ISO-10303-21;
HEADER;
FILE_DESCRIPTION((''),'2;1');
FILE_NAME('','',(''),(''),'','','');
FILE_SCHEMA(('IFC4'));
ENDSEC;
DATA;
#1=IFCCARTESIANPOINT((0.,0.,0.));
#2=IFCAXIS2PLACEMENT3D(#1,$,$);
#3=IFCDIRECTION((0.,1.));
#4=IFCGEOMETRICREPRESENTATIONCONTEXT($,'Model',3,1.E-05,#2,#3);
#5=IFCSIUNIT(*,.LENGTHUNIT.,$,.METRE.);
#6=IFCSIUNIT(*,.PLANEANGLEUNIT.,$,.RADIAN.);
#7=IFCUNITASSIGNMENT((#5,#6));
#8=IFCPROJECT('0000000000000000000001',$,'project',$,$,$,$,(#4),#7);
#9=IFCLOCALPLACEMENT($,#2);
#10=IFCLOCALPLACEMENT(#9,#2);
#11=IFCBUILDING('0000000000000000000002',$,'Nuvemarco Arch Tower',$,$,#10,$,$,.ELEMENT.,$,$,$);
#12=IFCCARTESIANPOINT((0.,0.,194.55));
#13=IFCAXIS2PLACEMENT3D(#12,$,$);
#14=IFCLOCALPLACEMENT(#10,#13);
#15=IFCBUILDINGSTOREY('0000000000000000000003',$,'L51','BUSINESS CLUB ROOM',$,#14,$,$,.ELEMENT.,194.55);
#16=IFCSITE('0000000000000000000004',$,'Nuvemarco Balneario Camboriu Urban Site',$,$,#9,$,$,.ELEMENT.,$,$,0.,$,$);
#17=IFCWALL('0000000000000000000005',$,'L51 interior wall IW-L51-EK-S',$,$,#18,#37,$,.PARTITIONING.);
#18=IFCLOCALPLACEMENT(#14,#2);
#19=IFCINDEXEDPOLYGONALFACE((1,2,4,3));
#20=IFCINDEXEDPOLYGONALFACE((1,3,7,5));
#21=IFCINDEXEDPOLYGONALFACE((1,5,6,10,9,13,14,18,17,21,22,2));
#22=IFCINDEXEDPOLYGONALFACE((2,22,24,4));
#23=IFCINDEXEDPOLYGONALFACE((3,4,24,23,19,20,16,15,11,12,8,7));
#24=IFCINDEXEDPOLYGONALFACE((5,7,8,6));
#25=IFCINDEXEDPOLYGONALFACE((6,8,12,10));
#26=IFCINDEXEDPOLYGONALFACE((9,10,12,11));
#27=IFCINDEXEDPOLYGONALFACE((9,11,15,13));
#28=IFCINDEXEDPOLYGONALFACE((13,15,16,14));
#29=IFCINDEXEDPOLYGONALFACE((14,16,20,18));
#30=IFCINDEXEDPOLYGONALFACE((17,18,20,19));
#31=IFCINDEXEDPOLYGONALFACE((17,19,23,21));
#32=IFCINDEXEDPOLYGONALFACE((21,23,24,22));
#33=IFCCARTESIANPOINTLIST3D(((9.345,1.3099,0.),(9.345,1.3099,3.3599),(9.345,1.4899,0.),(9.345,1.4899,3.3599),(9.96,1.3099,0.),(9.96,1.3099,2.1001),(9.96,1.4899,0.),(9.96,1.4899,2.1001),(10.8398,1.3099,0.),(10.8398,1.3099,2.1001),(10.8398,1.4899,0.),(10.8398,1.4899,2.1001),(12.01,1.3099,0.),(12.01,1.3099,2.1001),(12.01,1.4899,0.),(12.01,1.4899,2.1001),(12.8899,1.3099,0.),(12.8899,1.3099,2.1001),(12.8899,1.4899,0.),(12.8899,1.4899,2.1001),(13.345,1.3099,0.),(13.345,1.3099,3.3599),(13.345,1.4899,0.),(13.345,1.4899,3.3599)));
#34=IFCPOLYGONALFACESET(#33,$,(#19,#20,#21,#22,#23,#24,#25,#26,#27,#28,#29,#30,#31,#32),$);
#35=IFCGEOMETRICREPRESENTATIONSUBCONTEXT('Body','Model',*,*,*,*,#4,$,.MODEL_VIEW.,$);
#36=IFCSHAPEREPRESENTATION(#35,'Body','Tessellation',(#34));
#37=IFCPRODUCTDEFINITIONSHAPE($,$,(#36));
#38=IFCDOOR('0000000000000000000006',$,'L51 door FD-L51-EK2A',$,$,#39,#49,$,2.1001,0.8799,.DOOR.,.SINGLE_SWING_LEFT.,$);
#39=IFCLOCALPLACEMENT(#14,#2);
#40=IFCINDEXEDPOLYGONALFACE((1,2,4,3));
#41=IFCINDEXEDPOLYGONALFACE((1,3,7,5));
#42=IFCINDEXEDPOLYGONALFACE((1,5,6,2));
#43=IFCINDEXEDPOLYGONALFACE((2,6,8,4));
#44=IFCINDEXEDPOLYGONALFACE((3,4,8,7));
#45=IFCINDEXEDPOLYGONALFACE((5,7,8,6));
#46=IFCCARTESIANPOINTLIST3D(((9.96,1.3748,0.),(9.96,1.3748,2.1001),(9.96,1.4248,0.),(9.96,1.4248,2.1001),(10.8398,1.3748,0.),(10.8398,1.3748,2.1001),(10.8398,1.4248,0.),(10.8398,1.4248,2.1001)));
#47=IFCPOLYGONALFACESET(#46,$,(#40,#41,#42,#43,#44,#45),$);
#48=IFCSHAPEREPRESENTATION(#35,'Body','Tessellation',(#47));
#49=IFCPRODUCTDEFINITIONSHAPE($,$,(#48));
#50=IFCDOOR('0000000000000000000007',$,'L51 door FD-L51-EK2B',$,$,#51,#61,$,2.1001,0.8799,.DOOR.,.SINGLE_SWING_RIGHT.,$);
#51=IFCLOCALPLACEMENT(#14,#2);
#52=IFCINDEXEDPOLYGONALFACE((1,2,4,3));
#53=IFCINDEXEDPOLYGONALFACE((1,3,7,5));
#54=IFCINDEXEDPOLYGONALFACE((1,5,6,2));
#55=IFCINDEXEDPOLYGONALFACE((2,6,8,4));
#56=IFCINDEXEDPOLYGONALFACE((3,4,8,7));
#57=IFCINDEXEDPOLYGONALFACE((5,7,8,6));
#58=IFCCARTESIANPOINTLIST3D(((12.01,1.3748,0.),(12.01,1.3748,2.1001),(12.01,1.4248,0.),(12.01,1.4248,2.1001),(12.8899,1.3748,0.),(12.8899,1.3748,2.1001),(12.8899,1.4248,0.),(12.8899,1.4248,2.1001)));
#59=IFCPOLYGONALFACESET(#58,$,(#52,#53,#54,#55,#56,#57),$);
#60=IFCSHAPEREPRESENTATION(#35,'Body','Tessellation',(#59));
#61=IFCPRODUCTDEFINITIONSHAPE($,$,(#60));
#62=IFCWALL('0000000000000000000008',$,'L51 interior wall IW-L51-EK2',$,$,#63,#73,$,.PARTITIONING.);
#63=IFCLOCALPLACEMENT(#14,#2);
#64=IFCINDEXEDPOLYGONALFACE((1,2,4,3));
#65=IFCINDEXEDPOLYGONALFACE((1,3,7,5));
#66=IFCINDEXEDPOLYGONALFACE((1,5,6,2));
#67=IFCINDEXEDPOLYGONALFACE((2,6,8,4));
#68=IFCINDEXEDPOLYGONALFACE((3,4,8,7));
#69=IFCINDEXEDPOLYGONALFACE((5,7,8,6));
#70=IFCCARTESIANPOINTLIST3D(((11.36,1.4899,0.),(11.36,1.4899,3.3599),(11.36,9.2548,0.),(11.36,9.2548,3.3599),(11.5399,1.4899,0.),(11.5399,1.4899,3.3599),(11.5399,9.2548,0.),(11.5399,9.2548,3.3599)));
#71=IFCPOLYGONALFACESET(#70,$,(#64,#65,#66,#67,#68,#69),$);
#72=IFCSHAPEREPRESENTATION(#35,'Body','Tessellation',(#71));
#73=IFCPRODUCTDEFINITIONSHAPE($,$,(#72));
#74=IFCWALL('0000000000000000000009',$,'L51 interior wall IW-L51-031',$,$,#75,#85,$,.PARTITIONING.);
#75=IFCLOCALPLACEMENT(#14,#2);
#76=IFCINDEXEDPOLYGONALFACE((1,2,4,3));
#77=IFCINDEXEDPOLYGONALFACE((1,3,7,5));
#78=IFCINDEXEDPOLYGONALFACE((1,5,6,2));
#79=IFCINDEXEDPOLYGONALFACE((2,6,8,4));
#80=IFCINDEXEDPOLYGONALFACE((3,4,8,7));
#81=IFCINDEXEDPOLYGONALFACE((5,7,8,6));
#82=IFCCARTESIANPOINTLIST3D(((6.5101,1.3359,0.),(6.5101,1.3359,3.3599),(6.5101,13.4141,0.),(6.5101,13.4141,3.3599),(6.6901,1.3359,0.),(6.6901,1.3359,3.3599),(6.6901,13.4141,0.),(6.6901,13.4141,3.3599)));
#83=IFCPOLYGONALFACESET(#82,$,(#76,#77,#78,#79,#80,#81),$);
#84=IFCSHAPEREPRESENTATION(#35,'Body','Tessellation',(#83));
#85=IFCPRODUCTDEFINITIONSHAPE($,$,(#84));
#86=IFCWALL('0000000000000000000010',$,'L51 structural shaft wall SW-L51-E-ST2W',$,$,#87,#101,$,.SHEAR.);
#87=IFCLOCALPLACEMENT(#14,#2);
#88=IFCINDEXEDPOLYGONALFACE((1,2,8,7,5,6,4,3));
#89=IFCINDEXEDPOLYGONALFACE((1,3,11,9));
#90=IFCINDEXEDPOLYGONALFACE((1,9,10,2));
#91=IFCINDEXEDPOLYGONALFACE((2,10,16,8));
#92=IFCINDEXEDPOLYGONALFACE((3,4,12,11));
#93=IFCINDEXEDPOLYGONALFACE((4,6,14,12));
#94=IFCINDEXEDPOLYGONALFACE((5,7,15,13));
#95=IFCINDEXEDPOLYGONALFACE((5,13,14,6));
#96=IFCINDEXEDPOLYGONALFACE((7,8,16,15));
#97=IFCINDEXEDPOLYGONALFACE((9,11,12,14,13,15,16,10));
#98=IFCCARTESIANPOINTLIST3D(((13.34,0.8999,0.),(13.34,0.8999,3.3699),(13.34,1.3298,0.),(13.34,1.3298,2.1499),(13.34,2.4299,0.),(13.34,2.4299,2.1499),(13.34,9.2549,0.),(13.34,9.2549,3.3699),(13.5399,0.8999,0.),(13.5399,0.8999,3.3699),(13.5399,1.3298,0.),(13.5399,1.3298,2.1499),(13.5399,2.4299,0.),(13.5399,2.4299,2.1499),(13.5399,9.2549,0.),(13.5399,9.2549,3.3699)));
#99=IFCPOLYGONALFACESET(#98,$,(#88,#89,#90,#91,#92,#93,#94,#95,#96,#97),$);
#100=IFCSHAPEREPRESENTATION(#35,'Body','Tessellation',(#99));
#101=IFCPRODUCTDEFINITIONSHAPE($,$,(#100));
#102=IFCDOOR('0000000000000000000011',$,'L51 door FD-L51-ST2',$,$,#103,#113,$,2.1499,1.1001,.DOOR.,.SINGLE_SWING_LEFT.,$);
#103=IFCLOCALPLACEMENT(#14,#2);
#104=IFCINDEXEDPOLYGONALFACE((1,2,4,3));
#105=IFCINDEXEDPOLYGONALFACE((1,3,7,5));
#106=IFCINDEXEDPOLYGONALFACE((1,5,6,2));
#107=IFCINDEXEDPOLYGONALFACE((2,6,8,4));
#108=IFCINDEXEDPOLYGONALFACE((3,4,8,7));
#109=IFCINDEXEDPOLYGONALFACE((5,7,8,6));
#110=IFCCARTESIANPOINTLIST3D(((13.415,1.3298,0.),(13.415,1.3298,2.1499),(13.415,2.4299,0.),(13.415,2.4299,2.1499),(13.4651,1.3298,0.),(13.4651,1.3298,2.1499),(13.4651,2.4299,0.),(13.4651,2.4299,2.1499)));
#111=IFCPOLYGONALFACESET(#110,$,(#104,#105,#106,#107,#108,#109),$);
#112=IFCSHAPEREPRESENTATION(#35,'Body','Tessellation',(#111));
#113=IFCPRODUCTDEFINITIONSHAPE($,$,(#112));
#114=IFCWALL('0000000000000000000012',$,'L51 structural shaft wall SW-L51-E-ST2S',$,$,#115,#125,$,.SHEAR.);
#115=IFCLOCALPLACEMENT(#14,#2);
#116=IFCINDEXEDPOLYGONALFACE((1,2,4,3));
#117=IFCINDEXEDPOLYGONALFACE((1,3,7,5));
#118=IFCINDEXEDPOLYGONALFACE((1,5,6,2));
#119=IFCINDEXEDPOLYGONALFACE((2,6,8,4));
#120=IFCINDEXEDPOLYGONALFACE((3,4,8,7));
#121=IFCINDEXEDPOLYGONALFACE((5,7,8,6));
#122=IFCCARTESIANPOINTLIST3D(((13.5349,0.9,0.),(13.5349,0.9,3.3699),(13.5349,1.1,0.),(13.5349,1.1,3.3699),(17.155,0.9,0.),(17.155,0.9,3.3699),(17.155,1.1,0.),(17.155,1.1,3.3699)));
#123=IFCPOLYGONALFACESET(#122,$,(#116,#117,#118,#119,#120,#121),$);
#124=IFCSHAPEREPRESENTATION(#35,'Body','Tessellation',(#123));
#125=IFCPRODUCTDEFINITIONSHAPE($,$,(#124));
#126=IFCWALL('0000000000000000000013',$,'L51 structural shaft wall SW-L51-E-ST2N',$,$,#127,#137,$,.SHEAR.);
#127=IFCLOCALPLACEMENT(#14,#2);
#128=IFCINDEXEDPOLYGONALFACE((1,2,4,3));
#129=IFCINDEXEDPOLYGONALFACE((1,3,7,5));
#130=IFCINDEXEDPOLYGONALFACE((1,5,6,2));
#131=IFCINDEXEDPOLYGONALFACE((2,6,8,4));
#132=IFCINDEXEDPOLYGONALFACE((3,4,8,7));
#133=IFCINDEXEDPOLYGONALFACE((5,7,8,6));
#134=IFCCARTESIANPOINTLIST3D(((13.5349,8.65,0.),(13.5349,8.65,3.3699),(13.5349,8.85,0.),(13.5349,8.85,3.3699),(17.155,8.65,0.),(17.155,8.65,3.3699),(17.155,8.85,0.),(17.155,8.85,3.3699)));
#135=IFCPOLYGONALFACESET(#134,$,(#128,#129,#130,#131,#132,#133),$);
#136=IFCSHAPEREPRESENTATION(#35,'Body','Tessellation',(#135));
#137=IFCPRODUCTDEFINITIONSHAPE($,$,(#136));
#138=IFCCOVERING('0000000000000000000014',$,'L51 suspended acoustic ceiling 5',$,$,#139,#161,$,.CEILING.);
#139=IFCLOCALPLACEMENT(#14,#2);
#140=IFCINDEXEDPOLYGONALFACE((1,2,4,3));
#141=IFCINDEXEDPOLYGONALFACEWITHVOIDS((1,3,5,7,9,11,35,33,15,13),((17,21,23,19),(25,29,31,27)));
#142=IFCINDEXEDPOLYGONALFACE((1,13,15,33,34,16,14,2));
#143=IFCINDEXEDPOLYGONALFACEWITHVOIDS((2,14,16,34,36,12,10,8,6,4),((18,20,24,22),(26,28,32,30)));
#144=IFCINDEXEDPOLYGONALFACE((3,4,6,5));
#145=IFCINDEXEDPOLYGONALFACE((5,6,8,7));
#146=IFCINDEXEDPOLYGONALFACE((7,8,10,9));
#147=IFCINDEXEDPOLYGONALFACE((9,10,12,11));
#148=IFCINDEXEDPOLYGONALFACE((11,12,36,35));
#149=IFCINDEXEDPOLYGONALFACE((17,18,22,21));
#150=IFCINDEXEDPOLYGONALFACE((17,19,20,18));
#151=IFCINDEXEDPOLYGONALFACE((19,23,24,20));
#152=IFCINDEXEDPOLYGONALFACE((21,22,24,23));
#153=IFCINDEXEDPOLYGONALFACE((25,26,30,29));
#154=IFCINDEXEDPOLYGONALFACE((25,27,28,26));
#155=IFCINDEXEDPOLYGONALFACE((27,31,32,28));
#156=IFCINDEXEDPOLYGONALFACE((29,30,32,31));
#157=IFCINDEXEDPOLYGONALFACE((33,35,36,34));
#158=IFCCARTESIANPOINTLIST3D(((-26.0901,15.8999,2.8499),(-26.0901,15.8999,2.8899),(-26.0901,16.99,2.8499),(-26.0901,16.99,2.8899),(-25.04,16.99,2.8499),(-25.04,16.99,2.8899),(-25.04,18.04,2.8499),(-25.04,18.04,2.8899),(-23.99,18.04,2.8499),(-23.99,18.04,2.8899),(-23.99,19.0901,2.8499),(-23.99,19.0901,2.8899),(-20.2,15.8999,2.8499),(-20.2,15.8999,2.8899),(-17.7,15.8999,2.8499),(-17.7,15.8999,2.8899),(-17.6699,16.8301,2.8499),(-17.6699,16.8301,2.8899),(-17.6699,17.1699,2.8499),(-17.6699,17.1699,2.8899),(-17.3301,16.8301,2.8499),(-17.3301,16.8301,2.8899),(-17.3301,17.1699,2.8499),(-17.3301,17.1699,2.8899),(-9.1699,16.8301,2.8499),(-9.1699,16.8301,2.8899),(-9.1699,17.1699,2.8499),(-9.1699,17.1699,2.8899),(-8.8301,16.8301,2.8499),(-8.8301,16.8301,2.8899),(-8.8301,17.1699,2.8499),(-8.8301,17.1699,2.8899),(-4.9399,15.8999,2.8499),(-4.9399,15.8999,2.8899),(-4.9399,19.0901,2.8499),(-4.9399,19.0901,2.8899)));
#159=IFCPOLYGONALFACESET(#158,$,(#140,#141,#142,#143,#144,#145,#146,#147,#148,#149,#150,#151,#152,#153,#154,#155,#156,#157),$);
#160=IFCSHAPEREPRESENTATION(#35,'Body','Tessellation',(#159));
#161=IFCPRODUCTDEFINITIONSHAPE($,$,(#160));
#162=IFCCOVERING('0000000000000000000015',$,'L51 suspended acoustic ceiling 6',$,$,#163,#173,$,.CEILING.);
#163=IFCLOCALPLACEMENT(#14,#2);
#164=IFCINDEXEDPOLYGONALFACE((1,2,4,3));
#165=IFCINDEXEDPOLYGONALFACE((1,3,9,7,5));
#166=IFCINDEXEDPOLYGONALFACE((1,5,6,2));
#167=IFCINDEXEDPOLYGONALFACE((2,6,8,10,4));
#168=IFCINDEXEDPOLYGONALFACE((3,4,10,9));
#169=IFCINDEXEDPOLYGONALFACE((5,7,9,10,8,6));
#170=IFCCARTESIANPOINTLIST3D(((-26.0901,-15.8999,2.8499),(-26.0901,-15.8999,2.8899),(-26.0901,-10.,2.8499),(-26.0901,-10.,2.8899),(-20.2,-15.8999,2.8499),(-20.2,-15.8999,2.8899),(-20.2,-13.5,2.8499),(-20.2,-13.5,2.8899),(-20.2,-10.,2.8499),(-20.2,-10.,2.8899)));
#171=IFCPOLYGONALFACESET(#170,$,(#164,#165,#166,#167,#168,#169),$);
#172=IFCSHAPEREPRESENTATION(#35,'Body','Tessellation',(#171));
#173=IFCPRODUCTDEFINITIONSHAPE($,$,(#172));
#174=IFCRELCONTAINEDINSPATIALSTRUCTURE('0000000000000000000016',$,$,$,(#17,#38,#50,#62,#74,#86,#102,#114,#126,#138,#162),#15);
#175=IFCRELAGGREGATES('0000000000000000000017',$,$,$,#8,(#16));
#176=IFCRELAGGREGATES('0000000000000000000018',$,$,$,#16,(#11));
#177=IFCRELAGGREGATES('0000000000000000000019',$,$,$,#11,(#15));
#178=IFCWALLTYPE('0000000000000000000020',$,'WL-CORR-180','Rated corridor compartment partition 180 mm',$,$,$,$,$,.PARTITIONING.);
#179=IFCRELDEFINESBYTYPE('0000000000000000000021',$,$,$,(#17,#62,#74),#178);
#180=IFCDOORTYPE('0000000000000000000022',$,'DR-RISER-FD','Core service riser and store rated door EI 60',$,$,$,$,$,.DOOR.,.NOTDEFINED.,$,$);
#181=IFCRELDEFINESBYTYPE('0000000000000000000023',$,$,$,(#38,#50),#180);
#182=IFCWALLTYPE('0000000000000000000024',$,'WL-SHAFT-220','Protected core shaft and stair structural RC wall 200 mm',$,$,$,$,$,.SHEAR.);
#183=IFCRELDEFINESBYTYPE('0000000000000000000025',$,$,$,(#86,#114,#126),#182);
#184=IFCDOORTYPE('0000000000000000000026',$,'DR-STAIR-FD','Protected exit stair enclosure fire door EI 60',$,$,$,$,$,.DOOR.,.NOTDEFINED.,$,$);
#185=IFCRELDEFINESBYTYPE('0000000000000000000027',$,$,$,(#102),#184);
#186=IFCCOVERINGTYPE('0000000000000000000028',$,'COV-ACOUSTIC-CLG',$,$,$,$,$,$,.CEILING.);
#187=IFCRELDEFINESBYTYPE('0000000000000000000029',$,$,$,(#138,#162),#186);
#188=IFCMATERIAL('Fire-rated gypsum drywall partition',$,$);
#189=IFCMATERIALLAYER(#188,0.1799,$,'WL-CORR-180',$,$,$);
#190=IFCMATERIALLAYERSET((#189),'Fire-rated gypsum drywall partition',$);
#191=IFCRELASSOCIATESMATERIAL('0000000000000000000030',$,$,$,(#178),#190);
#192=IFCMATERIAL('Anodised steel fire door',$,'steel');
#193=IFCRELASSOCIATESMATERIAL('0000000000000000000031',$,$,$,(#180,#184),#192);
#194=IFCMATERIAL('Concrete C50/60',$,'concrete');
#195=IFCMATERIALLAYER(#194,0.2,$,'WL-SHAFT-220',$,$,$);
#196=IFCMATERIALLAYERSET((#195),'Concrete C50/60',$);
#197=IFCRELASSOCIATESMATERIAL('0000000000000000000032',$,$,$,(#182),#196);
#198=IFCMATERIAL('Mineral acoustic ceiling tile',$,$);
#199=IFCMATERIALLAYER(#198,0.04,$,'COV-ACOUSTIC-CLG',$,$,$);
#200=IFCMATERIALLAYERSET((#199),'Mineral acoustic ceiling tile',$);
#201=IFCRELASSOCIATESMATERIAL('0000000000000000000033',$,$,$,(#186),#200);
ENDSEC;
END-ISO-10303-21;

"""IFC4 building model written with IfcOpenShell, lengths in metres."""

from ifc_helpers import new_model, si_unit, direction, frame, frame_2d, origin, place, context, subcontext, project, spatial, polyline, rectangle, outline, extrude, source, transform, mapped, material, layer, layer_set, type_object, type_shapes, element, fill, save


model = new_model("IFC4")

# Units and contexts
model_context = context("Model", 3, precision=1e-05, world=origin(), true_north=direction((0.0, 1.0)))
body_context = subcontext(model_context, "Body", "Model", "MODEL_VIEW")
ifc_project = project(units=[si_unit("LENGTHUNIT", "METRE"), si_unit("PLANEANGLEUNIT", "RADIAN")], contexts=[model_context])

# Site, building, storey
site_placement = place(None, origin())
site = spatial("IfcSite", under=ifc_project, at=site_placement, Name="Nuvemarco Balneario Camboriu Urban Site", CompositionType="ELEMENT", RefElevation=0.0)
building_placement = place(site_placement, origin())
building = spatial("IfcBuilding", under=site, at=building_placement, Name="Nuvemarco Arch Tower", CompositionType="ELEMENT")
storey_placement = place(building_placement, frame((0.0, 0.0, 194.55)))
storey = spatial("IfcBuildingStorey", under=building, at=storey_placement, Name="L51", Description="BUSINESS CLUB ROOM", CompositionType="ELEMENT", Elevation=194.55)

# Shared definitions
ifc_material_1 = material(Name="Concrete C50/60", Category="concrete")

# Wall, openings, doors
ifc_material_2 = material(Name="Fire-rated gypsum drywall partition")
ifc_layer_1 = layer(ifc_material_2, 0.1799, Name="WL-CORR-180")
ifc_layer_set_1 = layer_set([ifc_layer_1], Name="Fire-rated gypsum drywall partition")
wall_type_1 = type_object("IfcWallType", Name="WL-CORR-180", Description="Rated corridor compartment partition 180 mm", PredefinedType="PARTITIONING", material=ifc_layer_set_1)
wall_1_placement = place(storey_placement, frame((9.345, 1.3999, 0.0), z_axis=(0.0, 0.0, 1.0), x_axis=(1.0, 0.0, 0.0)))
wall_1 = element("IfcWall", 1, at=wall_1_placement, inside=storey, type_object=wall_type_1, Name="L51 interior wall IW-L51-EK-S", PredefinedType="PARTITIONING", context=body_context, shape_type="SweptSolid", body=[
    extrude(rectangle(XDim=4.0, YDim=0.1799, at=frame_2d((2.0, 0.0))), origin(), (0.0, 0.0, 1.0), 3.3599),
])
opening_1_placement = place(wall_1_placement, frame((0.615, 0.0, 0.0)))
opening_1 = element("IfcOpeningElement", 2, at=opening_1_placement, cuts=wall_1, PredefinedType="OPENING", context=body_context, shape_type="SweptSolid", body=[
    extrude(rectangle(XDim=0.8799, YDim=2.1001, at=frame_2d((0.4399, 1.05))), frame((0.0, 0.0999, 0.0), z_axis=(0.0, -1.0, 0.0), x_axis=(1.0, 0.0, 0.0)), (0.0, 0.0, 1.0), 0.2),
])
opening_2_placement = place(wall_1_placement, frame((2.665, 0.0, 0.0)))
opening_2 = element("IfcOpeningElement", 3, at=opening_2_placement, cuts=wall_1, PredefinedType="OPENING", context=body_context, shape_type="SweptSolid", body=[
    extrude(rectangle(XDim=0.8799, YDim=2.1001, at=frame_2d((0.4399, 1.05))), frame((0.0, 0.0999, 0.0), z_axis=(0.0, -1.0, 0.0), x_axis=(1.0, 0.0, 0.0)), (0.0, 0.0, 1.0), 0.2),
])
ifc_material_3 = material(Name="Anodised steel fire door", Category="steel")
door_type_1 = type_object("IfcDoorType", Name="DR-RISER-FD", Description="Core service riser and store rated door EI 60", OperationType="NOTDEFINED", PredefinedType="DOOR", material=ifc_material_3)
shared_shape_1 = source(origin(), body_context, "Body", "SweptSolid", [
    extrude(rectangle(XDim=0.8799, YDim=2.1001, at=frame_2d((0.4399, 1.05))), frame((0.0, 0.0249, 0.0), z_axis=(0.0, -1.0, 0.0), x_axis=(1.0, 0.0, 0.0)), (0.0, 0.0, 1.0), 0.05),
])
type_shapes(door_type_1, [shared_shape_1])
door_1_placement = place(opening_1_placement, origin())
door_1 = element("IfcDoor", 4, at=door_1_placement, inside=storey, type_object=door_type_1, Name="L51 door FD-L51-EK2A", OperationType="SINGLE_SWING_LEFT", OverallHeight=2.1001, OverallWidth=0.8799, PredefinedType="DOOR", context=body_context, shape_type="MappedRepresentation", body=[
    mapped(shared_shape_1, transform((0.0, 0.0, 0.0), scale=1.0)),
])
fill(opening_1, door_1)
door_2_placement = place(opening_2_placement, origin())
door_2 = element("IfcDoor", 5, at=door_2_placement, inside=storey, type_object=door_type_1, Name="L51 door FD-L51-EK2B", OperationType="SINGLE_SWING_RIGHT", OverallHeight=2.1001, OverallWidth=0.8799, PredefinedType="DOOR", context=body_context, shape_type="MappedRepresentation", body=[
    mapped(shared_shape_1, transform((0.0, 0.0, 0.0), scale=1.0)),
])
fill(opening_2, door_2)

# Walls
wall_2_placement = place(storey_placement, frame((11.45, 1.49, 0.0), z_axis=(0.0, 0.0, 1.0), x_axis=(0.0, 1.0, 0.0)))
element("IfcWall", 6, at=wall_2_placement, inside=storey, type_object=wall_type_1, Name="L51 interior wall IW-L51-EK2", PredefinedType="PARTITIONING", context=body_context, shape_type="SweptSolid", body=[
    extrude(rectangle(XDim=7.7649, YDim=0.1799, at=frame_2d((3.8823, 0.0))), origin(), (0.0, 0.0, 1.0), 3.3599),
])
wall_3_placement = place(storey_placement, frame((6.6001, 1.3359, 0.0), z_axis=(0.0, 0.0, 1.0), x_axis=(0.0, 1.0, 0.0)))
element("IfcWall", 7, at=wall_3_placement, inside=storey, type_object=wall_type_1, Name="L51 interior wall IW-L51-031", PredefinedType="PARTITIONING", context=body_context, shape_type="SweptSolid", body=[
    extrude(rectangle(XDim=12.0781, YDim=0.1799, at=frame_2d((6.0391, 0.0))), origin(), (0.0, 0.0, 1.0), 3.3599),
])

# Wall, opening, door
ifc_layer_2 = layer(ifc_material_1, 0.2, Name="WL-SHAFT-220")
ifc_layer_set_2 = layer_set([ifc_layer_2], Name="Concrete C50/60")
wall_type_2 = type_object("IfcWallType", Name="WL-SHAFT-220", Description="Protected core shaft and stair structural RC wall 200 mm", PredefinedType="SHEAR", material=ifc_layer_set_2)
wall_4_placement = place(storey_placement, frame((13.4399, 0.8999, 0.0), z_axis=(0.0, 0.0, 1.0), x_axis=(0.0, 1.0, 0.0)))
wall_4 = element("IfcWall", 8, at=wall_4_placement, inside=storey, type_object=wall_type_2, Name="L51 structural shaft wall SW-L51-E-ST2W", PredefinedType="SHEAR", context=body_context, shape_type="SweptSolid", body=[
    extrude(rectangle(XDim=8.355, YDim=0.2, at=frame_2d((4.1775, 0.0))), origin(), (0.0, 0.0, 1.0), 3.3699),
])
opening_3_placement = place(wall_4_placement, frame((0.4299, 0.0, 0.0)))
opening_3 = element("IfcOpeningElement", 9, at=opening_3_placement, cuts=wall_4, PredefinedType="OPENING", context=body_context, shape_type="SweptSolid", body=[
    extrude(rectangle(XDim=1.1001, YDim=2.1499, at=frame_2d((0.55, 1.075))), frame((0.0, 0.1099, 0.0), z_axis=(0.0, -1.0, 0.0), x_axis=(1.0, 0.0, 0.0)), (0.0, 0.0, 1.0), 0.22),
])
door_type_2 = type_object("IfcDoorType", Name="DR-STAIR-FD", Description="Protected exit stair enclosure fire door EI 60", OperationType="NOTDEFINED", PredefinedType="DOOR", material=ifc_material_3)
shared_shape_2 = source(origin(), body_context, "Body", "SweptSolid", [
    extrude(rectangle(XDim=1.1001, YDim=2.1499, at=frame_2d((0.55, 1.075))), frame((0.0, 0.0249, 0.0), z_axis=(0.0, -1.0, 0.0), x_axis=(1.0, 0.0, 0.0)), (0.0, 0.0, 1.0), 0.05),
])
type_shapes(door_type_2, [shared_shape_2])
door_3_placement = place(opening_3_placement, origin())
door_3 = element("IfcDoor", 10, at=door_3_placement, inside=storey, type_object=door_type_2, Name="L51 door FD-L51-ST2", OperationType="SINGLE_SWING_LEFT", OverallHeight=2.1499, OverallWidth=1.1001, PredefinedType="DOOR", context=body_context, shape_type="MappedRepresentation", body=[
    mapped(shared_shape_2, transform((0.0, 0.0, 0.0), scale=1.0)),
])
fill(opening_3, door_3)

# Walls
for number, where, z_axis, x_axis, name in (
    (11, (13.5349, 1.0, 0.0), (0.0, 0.0, 1.0), (1.0, 0.0, 0.0), "L51 structural shaft wall SW-L51-E-ST2S"),
    (12, (13.5349, 8.75, 0.0), (0.0, 0.0, 1.0), (1.0, 0.0, 0.0), "L51 structural shaft wall SW-L51-E-ST2N"),
):
    element("IfcWall", number, at=place(storey_placement, frame(where, z_axis=z_axis, x_axis=x_axis)), inside=storey, type_object=wall_type_2, Name=name, PredefinedType="SHEAR", context=body_context, shape_type="SweptSolid", body=[
        extrude(rectangle(XDim=3.6201, YDim=0.2, at=frame_2d((1.8101, 0.0))), origin(), (0.0, 0.0, 1.0), 3.3699),
    ])

# Coverings
ifc_material_4 = material(Name="Mineral acoustic ceiling tile")
ifc_layer_3 = layer(ifc_material_4, 0.04, Name="COV-ACOUSTIC-CLG")
ifc_layer_set_3 = layer_set([ifc_layer_3], Name="Mineral acoustic ceiling tile")
covering_type_1 = type_object("IfcCoveringType", Name="COV-ACOUSTIC-CLG", PredefinedType="CEILING", material=ifc_layer_set_3)
covering_1_placement = place(storey_placement, frame((0.0, 0.0, 2.8499)))
element("IfcCovering", 13, at=covering_1_placement, inside=storey, type_object=covering_type_1, Name="L51 suspended acoustic ceiling 5", PredefinedType="CEILING", context=body_context, shape_type="SweptSolid", body=[
    extrude(outline(polyline([(-25.04, 16.99), (-25.04, 18.04), (-23.99, 18.04), (-23.99, 19.0901), (-4.9399, 19.0901), (-4.9399, 15.8999), (-17.7, 15.8999), (-20.2, 15.8999), (-26.0901, 15.8999), (-26.0901, 16.99), (-25.04, 16.99)]), holes=[polyline([(-17.3301, 16.8301), (-17.3301, 17.1699), (-17.6699, 17.1699), (-17.6699, 16.8301), (-17.3301, 16.8301)]), polyline([(-8.8301, 16.8301), (-8.8301, 17.1699), (-9.1699, 17.1699), (-9.1699, 16.8301), (-8.8301, 16.8301)])]), origin(), (0.0, 0.0, 1.0), 0.04),
])
covering_2_placement = place(storey_placement, frame((0.0, 0.0, 2.8499)))
element("IfcCovering", 14, at=covering_2_placement, inside=storey, type_object=covering_type_1, Name="L51 suspended acoustic ceiling 6", PredefinedType="CEILING", context=body_context, shape_type="SweptSolid", body=[
    extrude(outline(polyline([(-20.2, -15.8999), (-26.0901, -15.8999), (-26.0901, -10.0), (-20.2, -10.0), (-20.2, -13.5), (-20.2, -15.8999)])), origin(), (0.0, 0.0, 1.0), 0.04),
])

save(model, "model.ifc")
